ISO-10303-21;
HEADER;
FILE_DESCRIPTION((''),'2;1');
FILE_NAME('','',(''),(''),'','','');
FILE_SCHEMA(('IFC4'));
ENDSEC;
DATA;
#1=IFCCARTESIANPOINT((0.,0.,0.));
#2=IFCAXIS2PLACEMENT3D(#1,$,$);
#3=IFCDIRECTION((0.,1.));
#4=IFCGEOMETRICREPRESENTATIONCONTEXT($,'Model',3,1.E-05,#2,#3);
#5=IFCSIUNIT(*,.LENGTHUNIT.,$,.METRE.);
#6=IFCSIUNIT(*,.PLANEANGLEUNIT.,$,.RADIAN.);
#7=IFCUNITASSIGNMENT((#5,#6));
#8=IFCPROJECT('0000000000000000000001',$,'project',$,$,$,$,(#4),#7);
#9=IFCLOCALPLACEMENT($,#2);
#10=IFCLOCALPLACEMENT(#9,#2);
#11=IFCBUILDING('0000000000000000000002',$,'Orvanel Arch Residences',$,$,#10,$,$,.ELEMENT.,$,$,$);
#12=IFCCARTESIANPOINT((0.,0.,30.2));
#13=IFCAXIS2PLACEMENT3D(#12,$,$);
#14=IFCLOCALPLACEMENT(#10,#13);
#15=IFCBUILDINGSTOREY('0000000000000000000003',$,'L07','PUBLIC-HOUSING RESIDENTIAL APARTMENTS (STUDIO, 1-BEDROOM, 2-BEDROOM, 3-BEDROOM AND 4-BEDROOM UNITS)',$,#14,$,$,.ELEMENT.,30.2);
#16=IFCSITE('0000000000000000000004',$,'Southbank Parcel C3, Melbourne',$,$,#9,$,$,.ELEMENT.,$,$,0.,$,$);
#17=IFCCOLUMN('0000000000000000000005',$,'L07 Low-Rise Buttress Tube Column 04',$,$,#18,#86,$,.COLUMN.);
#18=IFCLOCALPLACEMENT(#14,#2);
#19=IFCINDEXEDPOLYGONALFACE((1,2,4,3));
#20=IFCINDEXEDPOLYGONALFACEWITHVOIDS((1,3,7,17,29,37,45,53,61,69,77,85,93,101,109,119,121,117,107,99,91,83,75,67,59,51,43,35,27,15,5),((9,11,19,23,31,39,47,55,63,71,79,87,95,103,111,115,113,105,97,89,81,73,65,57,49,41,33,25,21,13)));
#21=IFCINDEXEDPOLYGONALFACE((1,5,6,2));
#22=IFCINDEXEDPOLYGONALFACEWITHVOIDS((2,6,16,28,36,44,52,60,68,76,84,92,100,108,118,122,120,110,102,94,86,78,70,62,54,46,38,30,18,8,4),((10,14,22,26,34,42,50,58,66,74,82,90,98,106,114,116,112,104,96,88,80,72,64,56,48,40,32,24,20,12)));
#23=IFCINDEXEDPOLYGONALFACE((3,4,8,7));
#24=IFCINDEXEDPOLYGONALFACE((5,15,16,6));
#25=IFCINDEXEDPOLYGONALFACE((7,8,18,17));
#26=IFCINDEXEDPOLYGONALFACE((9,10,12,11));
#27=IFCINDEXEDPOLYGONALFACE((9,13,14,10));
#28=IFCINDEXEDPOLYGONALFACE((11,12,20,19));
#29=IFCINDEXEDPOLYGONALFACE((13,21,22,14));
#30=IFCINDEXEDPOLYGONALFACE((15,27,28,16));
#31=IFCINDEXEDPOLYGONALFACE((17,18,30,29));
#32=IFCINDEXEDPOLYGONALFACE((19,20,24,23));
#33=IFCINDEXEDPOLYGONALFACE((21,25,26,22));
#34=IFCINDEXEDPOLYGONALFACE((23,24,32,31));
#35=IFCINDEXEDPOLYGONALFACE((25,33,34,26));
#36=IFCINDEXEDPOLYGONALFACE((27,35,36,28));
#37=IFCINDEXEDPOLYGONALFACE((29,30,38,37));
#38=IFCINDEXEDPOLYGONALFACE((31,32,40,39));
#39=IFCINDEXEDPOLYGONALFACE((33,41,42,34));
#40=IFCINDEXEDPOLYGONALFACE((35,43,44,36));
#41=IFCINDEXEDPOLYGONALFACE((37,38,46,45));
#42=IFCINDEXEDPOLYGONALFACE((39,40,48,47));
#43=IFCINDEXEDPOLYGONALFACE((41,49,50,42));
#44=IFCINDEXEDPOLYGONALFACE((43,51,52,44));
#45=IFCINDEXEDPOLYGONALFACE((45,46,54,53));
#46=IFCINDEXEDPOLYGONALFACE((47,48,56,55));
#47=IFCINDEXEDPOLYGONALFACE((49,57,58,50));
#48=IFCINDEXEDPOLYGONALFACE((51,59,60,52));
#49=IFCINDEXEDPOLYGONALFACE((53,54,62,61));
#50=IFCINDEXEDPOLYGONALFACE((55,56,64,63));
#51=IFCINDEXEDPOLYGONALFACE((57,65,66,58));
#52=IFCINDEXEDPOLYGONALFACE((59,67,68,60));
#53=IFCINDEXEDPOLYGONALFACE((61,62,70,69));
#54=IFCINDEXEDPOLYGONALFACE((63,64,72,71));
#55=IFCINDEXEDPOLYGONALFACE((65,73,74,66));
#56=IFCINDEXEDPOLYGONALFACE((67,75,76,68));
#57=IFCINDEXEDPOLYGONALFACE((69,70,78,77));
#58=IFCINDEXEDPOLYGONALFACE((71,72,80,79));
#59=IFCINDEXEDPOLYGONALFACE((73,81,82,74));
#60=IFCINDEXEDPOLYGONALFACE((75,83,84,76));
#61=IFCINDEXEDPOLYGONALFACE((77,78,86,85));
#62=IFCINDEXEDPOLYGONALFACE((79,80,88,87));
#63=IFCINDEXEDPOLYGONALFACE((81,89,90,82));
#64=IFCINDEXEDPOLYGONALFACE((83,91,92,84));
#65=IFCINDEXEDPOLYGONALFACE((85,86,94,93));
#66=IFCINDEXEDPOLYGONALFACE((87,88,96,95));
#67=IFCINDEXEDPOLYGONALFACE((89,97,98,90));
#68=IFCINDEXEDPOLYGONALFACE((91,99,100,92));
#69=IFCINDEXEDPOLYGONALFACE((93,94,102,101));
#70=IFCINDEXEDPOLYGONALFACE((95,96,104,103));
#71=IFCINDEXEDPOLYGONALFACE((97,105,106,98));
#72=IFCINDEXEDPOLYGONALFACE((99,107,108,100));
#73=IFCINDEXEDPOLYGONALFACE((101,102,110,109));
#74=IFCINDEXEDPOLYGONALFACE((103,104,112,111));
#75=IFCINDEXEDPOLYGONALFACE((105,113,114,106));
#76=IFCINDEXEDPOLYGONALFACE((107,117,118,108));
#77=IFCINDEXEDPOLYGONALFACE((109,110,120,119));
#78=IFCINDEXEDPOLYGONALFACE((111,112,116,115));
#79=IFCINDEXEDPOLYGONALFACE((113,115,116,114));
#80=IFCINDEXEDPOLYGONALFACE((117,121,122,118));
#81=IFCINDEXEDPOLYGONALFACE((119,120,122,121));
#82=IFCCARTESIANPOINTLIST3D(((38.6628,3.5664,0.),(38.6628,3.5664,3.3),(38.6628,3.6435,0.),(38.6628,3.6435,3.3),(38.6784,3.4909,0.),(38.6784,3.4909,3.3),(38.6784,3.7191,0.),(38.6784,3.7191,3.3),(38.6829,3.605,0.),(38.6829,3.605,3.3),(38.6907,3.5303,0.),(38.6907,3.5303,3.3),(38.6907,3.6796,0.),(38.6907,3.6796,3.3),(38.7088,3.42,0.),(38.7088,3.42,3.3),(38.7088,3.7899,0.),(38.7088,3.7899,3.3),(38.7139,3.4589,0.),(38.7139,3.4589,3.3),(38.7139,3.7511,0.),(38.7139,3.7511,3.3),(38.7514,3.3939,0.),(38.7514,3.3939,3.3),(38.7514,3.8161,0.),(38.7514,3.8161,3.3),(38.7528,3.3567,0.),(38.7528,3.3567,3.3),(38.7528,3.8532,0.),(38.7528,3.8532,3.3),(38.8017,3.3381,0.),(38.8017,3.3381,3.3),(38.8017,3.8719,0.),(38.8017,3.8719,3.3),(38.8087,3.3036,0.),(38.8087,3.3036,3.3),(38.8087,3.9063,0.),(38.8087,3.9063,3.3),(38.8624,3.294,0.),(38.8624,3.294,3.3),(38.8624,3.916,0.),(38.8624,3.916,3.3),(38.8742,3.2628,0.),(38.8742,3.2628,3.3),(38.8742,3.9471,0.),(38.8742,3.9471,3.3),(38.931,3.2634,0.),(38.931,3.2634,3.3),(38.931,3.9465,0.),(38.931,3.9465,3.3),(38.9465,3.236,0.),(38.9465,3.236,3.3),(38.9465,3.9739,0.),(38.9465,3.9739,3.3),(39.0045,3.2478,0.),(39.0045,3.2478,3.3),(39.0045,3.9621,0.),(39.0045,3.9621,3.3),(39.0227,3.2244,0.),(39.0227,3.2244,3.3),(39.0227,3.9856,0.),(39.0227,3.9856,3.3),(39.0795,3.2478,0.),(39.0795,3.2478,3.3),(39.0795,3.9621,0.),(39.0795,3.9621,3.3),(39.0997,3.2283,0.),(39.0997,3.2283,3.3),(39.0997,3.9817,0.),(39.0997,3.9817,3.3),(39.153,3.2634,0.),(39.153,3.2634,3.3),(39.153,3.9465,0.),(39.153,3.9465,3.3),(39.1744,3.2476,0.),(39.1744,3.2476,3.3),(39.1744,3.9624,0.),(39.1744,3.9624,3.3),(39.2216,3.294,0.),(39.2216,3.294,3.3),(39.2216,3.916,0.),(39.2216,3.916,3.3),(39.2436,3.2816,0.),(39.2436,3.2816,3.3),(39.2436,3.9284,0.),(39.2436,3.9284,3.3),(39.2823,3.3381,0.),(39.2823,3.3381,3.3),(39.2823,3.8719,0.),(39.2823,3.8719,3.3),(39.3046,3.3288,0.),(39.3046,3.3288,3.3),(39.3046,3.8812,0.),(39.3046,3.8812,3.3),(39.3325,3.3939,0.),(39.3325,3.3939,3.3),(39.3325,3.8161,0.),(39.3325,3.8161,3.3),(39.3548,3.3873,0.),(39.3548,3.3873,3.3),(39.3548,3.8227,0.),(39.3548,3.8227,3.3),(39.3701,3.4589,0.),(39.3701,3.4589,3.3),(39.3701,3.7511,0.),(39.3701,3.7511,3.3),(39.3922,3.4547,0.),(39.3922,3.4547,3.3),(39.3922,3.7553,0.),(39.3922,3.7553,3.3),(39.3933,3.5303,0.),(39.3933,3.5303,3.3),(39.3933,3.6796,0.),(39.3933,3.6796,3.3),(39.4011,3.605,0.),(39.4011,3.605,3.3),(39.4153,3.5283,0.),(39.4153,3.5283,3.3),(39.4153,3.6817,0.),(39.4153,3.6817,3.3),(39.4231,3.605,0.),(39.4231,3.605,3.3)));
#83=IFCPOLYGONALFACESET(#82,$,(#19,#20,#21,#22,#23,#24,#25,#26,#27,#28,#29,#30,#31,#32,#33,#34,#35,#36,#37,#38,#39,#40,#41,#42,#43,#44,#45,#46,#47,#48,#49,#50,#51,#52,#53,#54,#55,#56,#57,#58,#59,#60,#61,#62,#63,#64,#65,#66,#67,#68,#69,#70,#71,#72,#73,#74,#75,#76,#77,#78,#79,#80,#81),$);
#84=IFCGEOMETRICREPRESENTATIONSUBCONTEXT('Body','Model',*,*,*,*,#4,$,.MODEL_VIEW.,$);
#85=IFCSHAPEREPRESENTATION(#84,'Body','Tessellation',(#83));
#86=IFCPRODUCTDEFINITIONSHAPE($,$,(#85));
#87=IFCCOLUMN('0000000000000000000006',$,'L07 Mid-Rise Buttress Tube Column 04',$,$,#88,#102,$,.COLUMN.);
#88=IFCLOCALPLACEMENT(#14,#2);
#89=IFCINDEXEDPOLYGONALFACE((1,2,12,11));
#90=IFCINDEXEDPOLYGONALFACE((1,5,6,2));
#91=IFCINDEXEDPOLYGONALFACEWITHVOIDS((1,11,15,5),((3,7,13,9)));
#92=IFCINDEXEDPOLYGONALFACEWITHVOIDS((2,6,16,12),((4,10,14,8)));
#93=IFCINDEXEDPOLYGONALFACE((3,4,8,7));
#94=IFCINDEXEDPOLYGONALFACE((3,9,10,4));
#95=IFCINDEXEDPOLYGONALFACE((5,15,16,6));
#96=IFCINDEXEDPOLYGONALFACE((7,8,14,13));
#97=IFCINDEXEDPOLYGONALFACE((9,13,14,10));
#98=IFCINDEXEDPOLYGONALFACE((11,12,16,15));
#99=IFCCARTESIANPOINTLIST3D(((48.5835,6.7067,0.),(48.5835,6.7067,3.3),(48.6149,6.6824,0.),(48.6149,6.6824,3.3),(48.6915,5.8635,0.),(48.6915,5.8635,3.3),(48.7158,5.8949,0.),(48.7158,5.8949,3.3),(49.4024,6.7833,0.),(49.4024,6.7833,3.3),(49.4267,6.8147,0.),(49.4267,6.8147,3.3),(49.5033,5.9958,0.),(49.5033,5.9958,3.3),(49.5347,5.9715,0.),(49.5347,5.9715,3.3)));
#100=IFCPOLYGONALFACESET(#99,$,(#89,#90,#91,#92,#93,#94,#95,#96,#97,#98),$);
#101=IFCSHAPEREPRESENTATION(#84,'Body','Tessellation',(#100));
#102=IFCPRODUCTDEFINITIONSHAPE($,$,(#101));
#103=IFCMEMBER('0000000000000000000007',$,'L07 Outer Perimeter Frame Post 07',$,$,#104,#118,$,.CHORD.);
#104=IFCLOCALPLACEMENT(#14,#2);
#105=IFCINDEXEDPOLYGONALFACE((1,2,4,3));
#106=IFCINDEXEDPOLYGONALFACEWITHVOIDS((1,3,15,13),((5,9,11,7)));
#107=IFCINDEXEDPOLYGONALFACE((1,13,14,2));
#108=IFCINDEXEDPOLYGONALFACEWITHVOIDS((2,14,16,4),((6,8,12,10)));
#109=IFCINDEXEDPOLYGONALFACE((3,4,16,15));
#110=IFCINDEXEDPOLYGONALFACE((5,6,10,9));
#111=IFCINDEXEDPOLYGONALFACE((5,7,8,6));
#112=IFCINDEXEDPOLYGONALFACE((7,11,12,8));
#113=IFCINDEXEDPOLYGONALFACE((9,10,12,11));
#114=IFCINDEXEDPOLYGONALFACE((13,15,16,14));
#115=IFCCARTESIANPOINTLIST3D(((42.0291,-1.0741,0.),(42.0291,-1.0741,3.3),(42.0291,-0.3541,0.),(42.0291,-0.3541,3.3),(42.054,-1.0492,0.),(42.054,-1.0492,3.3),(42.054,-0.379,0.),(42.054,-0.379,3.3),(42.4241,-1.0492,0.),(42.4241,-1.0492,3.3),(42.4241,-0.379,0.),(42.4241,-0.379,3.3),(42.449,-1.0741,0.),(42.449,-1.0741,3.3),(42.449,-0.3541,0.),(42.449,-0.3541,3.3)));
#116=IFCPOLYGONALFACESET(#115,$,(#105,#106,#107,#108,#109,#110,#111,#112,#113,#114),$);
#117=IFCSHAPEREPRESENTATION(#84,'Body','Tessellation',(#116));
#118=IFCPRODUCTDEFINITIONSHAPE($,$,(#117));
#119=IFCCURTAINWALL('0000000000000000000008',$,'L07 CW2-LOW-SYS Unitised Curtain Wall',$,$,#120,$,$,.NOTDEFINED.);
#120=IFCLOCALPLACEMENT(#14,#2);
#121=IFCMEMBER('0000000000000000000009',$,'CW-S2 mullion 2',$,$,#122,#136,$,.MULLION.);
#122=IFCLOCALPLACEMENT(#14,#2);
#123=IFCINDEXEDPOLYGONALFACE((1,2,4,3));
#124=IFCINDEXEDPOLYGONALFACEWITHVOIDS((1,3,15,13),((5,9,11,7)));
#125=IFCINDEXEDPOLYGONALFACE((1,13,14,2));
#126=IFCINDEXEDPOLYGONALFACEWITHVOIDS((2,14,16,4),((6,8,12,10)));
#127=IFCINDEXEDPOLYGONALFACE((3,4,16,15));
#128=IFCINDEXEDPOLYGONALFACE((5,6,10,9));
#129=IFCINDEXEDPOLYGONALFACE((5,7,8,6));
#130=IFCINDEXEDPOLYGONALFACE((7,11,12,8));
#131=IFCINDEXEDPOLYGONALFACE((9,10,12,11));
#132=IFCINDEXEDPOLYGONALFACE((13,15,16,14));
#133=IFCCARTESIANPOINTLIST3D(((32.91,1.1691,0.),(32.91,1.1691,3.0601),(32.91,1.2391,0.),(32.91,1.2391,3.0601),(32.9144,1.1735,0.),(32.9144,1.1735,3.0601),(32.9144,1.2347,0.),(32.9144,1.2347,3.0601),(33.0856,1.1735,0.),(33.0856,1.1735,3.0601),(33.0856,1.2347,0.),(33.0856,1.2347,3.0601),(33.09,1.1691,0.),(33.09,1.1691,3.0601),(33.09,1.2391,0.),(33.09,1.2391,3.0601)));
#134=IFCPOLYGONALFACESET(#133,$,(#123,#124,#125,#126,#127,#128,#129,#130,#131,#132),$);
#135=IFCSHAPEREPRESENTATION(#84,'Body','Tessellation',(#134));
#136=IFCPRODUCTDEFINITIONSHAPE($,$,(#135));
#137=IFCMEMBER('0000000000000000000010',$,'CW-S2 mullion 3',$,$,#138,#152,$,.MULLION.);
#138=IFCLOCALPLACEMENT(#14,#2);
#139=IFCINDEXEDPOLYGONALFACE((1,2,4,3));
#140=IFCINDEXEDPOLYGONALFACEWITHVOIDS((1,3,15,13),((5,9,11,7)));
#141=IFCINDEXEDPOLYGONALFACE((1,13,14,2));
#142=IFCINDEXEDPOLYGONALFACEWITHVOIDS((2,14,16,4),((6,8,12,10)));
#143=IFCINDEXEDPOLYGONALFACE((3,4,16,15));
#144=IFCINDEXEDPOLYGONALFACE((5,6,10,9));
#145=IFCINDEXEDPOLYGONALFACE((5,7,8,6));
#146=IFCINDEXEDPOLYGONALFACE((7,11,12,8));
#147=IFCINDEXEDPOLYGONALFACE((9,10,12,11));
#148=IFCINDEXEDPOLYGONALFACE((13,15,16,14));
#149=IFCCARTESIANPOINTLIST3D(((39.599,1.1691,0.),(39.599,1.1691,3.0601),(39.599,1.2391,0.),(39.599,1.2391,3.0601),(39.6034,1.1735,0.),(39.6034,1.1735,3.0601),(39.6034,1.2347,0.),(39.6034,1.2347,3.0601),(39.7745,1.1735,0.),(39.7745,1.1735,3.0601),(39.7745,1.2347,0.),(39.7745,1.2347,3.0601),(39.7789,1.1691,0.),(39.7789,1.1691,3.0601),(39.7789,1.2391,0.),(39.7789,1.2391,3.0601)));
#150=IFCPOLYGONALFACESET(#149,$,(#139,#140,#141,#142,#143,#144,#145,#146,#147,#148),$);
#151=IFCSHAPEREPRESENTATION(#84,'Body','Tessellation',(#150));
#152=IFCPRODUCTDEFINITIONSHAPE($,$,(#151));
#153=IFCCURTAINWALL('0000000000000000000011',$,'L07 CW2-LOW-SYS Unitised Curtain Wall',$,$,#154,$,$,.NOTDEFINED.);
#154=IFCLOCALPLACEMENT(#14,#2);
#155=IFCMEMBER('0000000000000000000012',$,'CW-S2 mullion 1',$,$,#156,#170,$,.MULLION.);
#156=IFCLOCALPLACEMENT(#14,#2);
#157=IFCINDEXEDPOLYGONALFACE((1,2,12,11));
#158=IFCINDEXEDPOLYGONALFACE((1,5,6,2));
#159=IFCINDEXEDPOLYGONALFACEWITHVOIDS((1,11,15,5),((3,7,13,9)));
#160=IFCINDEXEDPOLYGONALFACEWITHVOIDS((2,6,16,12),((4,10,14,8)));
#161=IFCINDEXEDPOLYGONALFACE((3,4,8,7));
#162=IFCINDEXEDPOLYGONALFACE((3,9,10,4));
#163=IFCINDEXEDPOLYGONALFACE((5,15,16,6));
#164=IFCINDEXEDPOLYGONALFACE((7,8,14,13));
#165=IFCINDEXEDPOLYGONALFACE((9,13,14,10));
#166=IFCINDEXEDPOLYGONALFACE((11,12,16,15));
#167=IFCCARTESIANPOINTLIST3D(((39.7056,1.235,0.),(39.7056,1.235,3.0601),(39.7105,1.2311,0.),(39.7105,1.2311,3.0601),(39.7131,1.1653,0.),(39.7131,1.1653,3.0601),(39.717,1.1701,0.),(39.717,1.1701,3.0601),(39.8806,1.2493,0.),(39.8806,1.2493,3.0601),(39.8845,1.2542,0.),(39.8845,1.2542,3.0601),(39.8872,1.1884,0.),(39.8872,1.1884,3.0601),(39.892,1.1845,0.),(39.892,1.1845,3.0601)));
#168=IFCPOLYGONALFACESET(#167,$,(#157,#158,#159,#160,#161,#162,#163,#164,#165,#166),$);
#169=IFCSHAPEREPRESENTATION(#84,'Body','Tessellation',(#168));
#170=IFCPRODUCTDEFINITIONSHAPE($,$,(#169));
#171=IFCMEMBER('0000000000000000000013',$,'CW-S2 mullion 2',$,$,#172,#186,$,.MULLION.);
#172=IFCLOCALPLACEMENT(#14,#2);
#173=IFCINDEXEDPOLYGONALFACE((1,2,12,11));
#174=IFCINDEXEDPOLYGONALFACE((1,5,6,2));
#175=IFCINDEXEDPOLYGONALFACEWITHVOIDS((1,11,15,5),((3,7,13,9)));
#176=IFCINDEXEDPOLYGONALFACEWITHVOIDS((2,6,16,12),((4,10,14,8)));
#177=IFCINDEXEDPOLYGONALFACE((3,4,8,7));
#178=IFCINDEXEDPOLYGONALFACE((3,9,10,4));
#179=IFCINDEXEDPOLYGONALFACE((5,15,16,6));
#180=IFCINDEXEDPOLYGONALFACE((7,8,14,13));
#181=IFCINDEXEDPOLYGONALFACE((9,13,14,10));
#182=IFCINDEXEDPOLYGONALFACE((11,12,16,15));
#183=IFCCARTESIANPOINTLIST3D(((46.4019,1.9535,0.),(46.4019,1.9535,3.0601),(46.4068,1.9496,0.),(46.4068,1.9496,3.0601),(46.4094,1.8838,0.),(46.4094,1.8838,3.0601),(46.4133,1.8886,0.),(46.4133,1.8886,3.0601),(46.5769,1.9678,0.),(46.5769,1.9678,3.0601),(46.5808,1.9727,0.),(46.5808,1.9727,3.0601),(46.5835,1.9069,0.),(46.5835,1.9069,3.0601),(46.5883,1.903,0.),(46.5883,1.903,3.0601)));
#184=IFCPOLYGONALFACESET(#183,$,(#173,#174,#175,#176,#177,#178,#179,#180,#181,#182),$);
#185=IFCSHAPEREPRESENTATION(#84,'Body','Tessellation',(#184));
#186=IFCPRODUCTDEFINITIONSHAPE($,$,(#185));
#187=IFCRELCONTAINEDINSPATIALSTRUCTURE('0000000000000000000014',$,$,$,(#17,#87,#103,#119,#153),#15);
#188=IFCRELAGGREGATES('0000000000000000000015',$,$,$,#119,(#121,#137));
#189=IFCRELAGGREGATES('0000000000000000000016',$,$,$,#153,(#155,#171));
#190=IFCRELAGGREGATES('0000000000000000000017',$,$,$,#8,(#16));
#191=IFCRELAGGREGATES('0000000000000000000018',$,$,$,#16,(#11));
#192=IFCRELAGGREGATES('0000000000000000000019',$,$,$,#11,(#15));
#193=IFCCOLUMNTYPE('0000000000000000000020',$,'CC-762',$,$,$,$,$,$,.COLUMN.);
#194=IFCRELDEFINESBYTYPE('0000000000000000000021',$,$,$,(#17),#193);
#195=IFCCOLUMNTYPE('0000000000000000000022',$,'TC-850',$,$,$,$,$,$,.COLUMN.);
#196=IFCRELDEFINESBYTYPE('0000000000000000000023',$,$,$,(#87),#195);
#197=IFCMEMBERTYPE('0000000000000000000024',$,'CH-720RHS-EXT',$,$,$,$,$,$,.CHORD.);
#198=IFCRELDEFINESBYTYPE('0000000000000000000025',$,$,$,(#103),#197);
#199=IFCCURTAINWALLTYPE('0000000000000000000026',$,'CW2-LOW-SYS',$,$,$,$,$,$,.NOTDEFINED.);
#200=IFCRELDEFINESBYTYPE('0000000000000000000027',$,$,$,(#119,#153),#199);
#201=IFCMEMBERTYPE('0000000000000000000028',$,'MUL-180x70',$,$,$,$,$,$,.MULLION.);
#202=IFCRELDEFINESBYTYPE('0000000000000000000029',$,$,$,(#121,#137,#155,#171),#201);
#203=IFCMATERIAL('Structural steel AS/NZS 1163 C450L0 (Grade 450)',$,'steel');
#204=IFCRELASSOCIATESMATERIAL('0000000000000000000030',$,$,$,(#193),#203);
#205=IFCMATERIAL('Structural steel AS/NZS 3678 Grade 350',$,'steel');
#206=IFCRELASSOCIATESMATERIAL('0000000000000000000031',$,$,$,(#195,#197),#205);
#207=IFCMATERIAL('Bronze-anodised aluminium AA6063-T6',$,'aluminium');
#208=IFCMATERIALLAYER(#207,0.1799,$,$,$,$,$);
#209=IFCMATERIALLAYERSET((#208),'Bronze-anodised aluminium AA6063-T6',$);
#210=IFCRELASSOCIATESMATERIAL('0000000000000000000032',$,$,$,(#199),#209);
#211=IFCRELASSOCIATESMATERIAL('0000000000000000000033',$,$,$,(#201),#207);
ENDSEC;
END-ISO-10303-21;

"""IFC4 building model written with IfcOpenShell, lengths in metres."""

from ifc_helpers import new_model, si_unit, direction, frame, origin, origin_2d, place, context, subcontext, project, spatial, hollow_rectangle, hollow_circle, extrude, material, layer, layer_set, material_profile, profile_set, type_object, element, aggregate, save


model = new_model("IFC4")

# Units and contexts
model_context = context("Model", 3, precision=1e-05, world=origin(), true_north=direction((0.0, 1.0)))
body_context = subcontext(model_context, "Body", "Model", "MODEL_VIEW")
ifc_project = project(units=[si_unit("LENGTHUNIT", "METRE"), si_unit("PLANEANGLEUNIT", "RADIAN")], contexts=[model_context])

# Site, building, storey
site_placement = place(None, origin())
site = spatial("IfcSite", under=ifc_project, at=site_placement, Name="Southbank Parcel C3, Melbourne", CompositionType="ELEMENT", RefElevation=0.0)
building_placement = place(site_placement, origin())
building = spatial("IfcBuilding", under=site, at=building_placement, Name="Orvanel Arch Residences", CompositionType="ELEMENT")
storey_placement = place(building_placement, frame((0.0, 0.0, 30.2)))
storey = spatial("IfcBuildingStorey", under=building, at=storey_placement, Name="L07", Description="PUBLIC-HOUSING RESIDENTIAL APARTMENTS (STUDIO, 1-BEDROOM, 2-BEDROOM, 3-BEDROOM AND 4-BEDROOM UNITS)", CompositionType="ELEMENT", Elevation=30.2)

# Columns
ifc_material_1 = material(Name="Structural steel AS/NZS 1163 C450L0 (Grade 450)", Category="steel")
ifc_material_profile_1 = material_profile(ifc_material_1, hollow_circle(Radius=0.3811, WallThickness=0.022, at=origin_2d()), Name="CHS762x22")
ifc_profile_set_1 = profile_set([ifc_material_profile_1], Name="Structural steel AS/NZS 1163 C450L0 (Grade 450)")
column_type_1 = type_object("IfcColumnType", Name="CC-762", PredefinedType="COLUMN", material=ifc_profile_set_1)
column_1_placement = place(storey_placement, frame((39.042, 3.605, 0.0), z_axis=(0.0, 0.0, 1.0), x_axis=(1.0, 0.0, 0.0)))
element("IfcColumn", 1, at=column_1_placement, inside=storey, type_object=column_type_1, Name="L07 Low-Rise Buttress Tube Column 04", PredefinedType="COLUMN", context=body_context, shape_type="SweptSolid", body=[
    extrude(hollow_circle(Radius=0.3811, WallThickness=0.022, at=origin_2d()), origin(), (0.0, 0.0, 1.0), 3.3),
])
ifc_material_2 = material(Name="Structural steel AS/NZS 3678 Grade 350", Category="steel")
ifc_material_profile_2 = material_profile(ifc_material_2, hollow_rectangle(XDim=0.8501, YDim=0.8501, WallThickness=0.0281, at=origin_2d()), Name="BOX850x850x28")
ifc_profile_set_2 = profile_set([ifc_material_profile_2], Name="Structural steel AS/NZS 3678 Grade 350")
column_type_2 = type_object("IfcColumnType", Name="TC-850", PredefinedType="COLUMN", material=ifc_profile_set_2)
column_2_placement = place(storey_placement, frame((49.0591, 6.3391, 0.0), z_axis=(0.0, 0.0, 1.0), x_axis=(0.991894, 0.127065, 0.0)))
element("IfcColumn", 2, at=column_2_placement, inside=storey, type_object=column_type_2, Name="L07 Mid-Rise Buttress Tube Column 04", PredefinedType="COLUMN", context=body_context, shape_type="SweptSolid", body=[
    extrude(hollow_rectangle(XDim=0.8501, YDim=0.8501, WallThickness=0.0281, at=origin_2d()), origin(), (0.0, 0.0, 1.0), 3.3),
])

# Member
ifc_material_profile_3 = material_profile(ifc_material_2, hollow_rectangle(XDim=0.4199, YDim=0.72, WallThickness=0.0249, at=origin_2d()), Name="RHS720x420x25")
ifc_profile_set_3 = profile_set([ifc_material_profile_3], Name="Structural steel AS/NZS 3678 Grade 350")
member_type_1 = type_object("IfcMemberType", Name="CH-720RHS-EXT", PredefinedType="CHORD", material=ifc_profile_set_3)
member_1_placement = place(storey_placement, frame((42.239, -0.7141, 0.0), z_axis=(0.0, 0.0, 1.0), x_axis=(1.0, 0.0, 0.0)))
element("IfcMember", 3, at=member_1_placement, inside=storey, type_object=member_type_1, Name="L07 Outer Perimeter Frame Post 07", PredefinedType="CHORD", context=body_context, shape_type="SweptSolid", body=[
    extrude(hollow_rectangle(XDim=0.4199, YDim=0.72, WallThickness=0.0249, at=origin_2d()), origin(), (0.0, 0.0, 1.0), 3.3),
])

# Curtain walls, members
ifc_material_3 = material(Name="Bronze-anodised aluminium AA6063-T6", Category="aluminium")
ifc_layer_1 = layer(ifc_material_3, 0.1799)
ifc_layer_set_1 = layer_set([ifc_layer_1], Name="Bronze-anodised aluminium AA6063-T6")
curtain_wall_type = type_object("IfcCurtainWallType", Name="CW2-LOW-SYS", PredefinedType="NOTDEFINED", material=ifc_layer_set_1)
curtain_wall_1_placement = place(storey_placement, origin())
curtain_wall_1 = element("IfcCurtainWall", 4, at=curtain_wall_1_placement, inside=storey, type_object=curtain_wall_type, Name="L07 CW2-LOW-SYS Unitised Curtain Wall", PredefinedType="NOTDEFINED")
ifc_material_profile_4 = material_profile(ifc_material_3, hollow_rectangle(XDim=0.0701, YDim=0.1799, WallThickness=0.0044, at=origin_2d()), Name="ALU180x70x4.5")
ifc_profile_set_4 = profile_set([ifc_material_profile_4], Name="Bronze-anodised aluminium AA6063-T6")
member_type_2 = type_object("IfcMemberType", Name="MUL-180x70", PredefinedType="MULLION", material=ifc_profile_set_4)
member_2_placement = place(storey_placement, frame((33.0, 1.2041, 0.0), z_axis=(0.0, 0.0, 1.0), x_axis=(0.0, 1.0, 0.0)))
member_2 = element("IfcMember", 5, at=member_2_placement, type_object=member_type_2, Name="CW-S2 mullion 2", PredefinedType="MULLION", context=body_context, shape_type="SweptSolid", body=[
    extrude(hollow_rectangle(XDim=0.0701, YDim=0.1799, WallThickness=0.0044, at=origin_2d()), origin(), (0.0, 0.0, 1.0), 3.0601),
])
member_3_placement = place(storey_placement, frame((39.689, 1.2041, 0.0), z_axis=(0.0, 0.0, 1.0), x_axis=(0.0, 1.0, 0.0)))
member_3 = element("IfcMember", 6, at=member_3_placement, type_object=member_type_2, Name="CW-S2 mullion 3", PredefinedType="MULLION", context=body_context, shape_type="SweptSolid", body=[
    extrude(hollow_rectangle(XDim=0.0701, YDim=0.1799, WallThickness=0.0044, at=origin_2d()), origin(), (0.0, 0.0, 1.0), 3.0601),
])
curtain_wall_2_placement = place(storey_placement, origin())
curtain_wall_2 = element("IfcCurtainWall", 7, at=curtain_wall_2_placement, inside=storey, type_object=curtain_wall_type, Name="L07 CW2-LOW-SYS Unitised Curtain Wall", PredefinedType="NOTDEFINED")
member_4_placement = place(storey_placement, frame((39.7988, 1.2097, 0.0), z_axis=(0.0, 0.0, 1.0), x_axis=(-0.106702, 0.994291, 0.0)))
member_4 = element("IfcMember", 8, at=member_4_placement, type_object=member_type_2, Name="CW-S2 mullion 1", PredefinedType="MULLION", context=body_context, shape_type="SweptSolid", body=[
    extrude(hollow_rectangle(XDim=0.0701, YDim=0.1799, WallThickness=0.0044, at=origin_2d()), origin(), (0.0, 0.0, 1.0), 3.0601),
])
member_5_placement = place(storey_placement, frame((46.4951, 1.9282, 0.0), z_axis=(0.0, 0.0, 1.0), x_axis=(-0.106702, 0.994291, 0.0)))
member_5 = element("IfcMember", 9, at=member_5_placement, type_object=member_type_2, Name="CW-S2 mullion 2", PredefinedType="MULLION", context=body_context, shape_type="SweptSolid", body=[
    extrude(hollow_rectangle(XDim=0.0701, YDim=0.1799, WallThickness=0.0044, at=origin_2d()), origin(), (0.0, 0.0, 1.0), 3.0601),
])

aggregate(curtain_wall_1, [member_2, member_3])
aggregate(curtain_wall_2, [member_4, member_5])

save(model, "model.ifc")
